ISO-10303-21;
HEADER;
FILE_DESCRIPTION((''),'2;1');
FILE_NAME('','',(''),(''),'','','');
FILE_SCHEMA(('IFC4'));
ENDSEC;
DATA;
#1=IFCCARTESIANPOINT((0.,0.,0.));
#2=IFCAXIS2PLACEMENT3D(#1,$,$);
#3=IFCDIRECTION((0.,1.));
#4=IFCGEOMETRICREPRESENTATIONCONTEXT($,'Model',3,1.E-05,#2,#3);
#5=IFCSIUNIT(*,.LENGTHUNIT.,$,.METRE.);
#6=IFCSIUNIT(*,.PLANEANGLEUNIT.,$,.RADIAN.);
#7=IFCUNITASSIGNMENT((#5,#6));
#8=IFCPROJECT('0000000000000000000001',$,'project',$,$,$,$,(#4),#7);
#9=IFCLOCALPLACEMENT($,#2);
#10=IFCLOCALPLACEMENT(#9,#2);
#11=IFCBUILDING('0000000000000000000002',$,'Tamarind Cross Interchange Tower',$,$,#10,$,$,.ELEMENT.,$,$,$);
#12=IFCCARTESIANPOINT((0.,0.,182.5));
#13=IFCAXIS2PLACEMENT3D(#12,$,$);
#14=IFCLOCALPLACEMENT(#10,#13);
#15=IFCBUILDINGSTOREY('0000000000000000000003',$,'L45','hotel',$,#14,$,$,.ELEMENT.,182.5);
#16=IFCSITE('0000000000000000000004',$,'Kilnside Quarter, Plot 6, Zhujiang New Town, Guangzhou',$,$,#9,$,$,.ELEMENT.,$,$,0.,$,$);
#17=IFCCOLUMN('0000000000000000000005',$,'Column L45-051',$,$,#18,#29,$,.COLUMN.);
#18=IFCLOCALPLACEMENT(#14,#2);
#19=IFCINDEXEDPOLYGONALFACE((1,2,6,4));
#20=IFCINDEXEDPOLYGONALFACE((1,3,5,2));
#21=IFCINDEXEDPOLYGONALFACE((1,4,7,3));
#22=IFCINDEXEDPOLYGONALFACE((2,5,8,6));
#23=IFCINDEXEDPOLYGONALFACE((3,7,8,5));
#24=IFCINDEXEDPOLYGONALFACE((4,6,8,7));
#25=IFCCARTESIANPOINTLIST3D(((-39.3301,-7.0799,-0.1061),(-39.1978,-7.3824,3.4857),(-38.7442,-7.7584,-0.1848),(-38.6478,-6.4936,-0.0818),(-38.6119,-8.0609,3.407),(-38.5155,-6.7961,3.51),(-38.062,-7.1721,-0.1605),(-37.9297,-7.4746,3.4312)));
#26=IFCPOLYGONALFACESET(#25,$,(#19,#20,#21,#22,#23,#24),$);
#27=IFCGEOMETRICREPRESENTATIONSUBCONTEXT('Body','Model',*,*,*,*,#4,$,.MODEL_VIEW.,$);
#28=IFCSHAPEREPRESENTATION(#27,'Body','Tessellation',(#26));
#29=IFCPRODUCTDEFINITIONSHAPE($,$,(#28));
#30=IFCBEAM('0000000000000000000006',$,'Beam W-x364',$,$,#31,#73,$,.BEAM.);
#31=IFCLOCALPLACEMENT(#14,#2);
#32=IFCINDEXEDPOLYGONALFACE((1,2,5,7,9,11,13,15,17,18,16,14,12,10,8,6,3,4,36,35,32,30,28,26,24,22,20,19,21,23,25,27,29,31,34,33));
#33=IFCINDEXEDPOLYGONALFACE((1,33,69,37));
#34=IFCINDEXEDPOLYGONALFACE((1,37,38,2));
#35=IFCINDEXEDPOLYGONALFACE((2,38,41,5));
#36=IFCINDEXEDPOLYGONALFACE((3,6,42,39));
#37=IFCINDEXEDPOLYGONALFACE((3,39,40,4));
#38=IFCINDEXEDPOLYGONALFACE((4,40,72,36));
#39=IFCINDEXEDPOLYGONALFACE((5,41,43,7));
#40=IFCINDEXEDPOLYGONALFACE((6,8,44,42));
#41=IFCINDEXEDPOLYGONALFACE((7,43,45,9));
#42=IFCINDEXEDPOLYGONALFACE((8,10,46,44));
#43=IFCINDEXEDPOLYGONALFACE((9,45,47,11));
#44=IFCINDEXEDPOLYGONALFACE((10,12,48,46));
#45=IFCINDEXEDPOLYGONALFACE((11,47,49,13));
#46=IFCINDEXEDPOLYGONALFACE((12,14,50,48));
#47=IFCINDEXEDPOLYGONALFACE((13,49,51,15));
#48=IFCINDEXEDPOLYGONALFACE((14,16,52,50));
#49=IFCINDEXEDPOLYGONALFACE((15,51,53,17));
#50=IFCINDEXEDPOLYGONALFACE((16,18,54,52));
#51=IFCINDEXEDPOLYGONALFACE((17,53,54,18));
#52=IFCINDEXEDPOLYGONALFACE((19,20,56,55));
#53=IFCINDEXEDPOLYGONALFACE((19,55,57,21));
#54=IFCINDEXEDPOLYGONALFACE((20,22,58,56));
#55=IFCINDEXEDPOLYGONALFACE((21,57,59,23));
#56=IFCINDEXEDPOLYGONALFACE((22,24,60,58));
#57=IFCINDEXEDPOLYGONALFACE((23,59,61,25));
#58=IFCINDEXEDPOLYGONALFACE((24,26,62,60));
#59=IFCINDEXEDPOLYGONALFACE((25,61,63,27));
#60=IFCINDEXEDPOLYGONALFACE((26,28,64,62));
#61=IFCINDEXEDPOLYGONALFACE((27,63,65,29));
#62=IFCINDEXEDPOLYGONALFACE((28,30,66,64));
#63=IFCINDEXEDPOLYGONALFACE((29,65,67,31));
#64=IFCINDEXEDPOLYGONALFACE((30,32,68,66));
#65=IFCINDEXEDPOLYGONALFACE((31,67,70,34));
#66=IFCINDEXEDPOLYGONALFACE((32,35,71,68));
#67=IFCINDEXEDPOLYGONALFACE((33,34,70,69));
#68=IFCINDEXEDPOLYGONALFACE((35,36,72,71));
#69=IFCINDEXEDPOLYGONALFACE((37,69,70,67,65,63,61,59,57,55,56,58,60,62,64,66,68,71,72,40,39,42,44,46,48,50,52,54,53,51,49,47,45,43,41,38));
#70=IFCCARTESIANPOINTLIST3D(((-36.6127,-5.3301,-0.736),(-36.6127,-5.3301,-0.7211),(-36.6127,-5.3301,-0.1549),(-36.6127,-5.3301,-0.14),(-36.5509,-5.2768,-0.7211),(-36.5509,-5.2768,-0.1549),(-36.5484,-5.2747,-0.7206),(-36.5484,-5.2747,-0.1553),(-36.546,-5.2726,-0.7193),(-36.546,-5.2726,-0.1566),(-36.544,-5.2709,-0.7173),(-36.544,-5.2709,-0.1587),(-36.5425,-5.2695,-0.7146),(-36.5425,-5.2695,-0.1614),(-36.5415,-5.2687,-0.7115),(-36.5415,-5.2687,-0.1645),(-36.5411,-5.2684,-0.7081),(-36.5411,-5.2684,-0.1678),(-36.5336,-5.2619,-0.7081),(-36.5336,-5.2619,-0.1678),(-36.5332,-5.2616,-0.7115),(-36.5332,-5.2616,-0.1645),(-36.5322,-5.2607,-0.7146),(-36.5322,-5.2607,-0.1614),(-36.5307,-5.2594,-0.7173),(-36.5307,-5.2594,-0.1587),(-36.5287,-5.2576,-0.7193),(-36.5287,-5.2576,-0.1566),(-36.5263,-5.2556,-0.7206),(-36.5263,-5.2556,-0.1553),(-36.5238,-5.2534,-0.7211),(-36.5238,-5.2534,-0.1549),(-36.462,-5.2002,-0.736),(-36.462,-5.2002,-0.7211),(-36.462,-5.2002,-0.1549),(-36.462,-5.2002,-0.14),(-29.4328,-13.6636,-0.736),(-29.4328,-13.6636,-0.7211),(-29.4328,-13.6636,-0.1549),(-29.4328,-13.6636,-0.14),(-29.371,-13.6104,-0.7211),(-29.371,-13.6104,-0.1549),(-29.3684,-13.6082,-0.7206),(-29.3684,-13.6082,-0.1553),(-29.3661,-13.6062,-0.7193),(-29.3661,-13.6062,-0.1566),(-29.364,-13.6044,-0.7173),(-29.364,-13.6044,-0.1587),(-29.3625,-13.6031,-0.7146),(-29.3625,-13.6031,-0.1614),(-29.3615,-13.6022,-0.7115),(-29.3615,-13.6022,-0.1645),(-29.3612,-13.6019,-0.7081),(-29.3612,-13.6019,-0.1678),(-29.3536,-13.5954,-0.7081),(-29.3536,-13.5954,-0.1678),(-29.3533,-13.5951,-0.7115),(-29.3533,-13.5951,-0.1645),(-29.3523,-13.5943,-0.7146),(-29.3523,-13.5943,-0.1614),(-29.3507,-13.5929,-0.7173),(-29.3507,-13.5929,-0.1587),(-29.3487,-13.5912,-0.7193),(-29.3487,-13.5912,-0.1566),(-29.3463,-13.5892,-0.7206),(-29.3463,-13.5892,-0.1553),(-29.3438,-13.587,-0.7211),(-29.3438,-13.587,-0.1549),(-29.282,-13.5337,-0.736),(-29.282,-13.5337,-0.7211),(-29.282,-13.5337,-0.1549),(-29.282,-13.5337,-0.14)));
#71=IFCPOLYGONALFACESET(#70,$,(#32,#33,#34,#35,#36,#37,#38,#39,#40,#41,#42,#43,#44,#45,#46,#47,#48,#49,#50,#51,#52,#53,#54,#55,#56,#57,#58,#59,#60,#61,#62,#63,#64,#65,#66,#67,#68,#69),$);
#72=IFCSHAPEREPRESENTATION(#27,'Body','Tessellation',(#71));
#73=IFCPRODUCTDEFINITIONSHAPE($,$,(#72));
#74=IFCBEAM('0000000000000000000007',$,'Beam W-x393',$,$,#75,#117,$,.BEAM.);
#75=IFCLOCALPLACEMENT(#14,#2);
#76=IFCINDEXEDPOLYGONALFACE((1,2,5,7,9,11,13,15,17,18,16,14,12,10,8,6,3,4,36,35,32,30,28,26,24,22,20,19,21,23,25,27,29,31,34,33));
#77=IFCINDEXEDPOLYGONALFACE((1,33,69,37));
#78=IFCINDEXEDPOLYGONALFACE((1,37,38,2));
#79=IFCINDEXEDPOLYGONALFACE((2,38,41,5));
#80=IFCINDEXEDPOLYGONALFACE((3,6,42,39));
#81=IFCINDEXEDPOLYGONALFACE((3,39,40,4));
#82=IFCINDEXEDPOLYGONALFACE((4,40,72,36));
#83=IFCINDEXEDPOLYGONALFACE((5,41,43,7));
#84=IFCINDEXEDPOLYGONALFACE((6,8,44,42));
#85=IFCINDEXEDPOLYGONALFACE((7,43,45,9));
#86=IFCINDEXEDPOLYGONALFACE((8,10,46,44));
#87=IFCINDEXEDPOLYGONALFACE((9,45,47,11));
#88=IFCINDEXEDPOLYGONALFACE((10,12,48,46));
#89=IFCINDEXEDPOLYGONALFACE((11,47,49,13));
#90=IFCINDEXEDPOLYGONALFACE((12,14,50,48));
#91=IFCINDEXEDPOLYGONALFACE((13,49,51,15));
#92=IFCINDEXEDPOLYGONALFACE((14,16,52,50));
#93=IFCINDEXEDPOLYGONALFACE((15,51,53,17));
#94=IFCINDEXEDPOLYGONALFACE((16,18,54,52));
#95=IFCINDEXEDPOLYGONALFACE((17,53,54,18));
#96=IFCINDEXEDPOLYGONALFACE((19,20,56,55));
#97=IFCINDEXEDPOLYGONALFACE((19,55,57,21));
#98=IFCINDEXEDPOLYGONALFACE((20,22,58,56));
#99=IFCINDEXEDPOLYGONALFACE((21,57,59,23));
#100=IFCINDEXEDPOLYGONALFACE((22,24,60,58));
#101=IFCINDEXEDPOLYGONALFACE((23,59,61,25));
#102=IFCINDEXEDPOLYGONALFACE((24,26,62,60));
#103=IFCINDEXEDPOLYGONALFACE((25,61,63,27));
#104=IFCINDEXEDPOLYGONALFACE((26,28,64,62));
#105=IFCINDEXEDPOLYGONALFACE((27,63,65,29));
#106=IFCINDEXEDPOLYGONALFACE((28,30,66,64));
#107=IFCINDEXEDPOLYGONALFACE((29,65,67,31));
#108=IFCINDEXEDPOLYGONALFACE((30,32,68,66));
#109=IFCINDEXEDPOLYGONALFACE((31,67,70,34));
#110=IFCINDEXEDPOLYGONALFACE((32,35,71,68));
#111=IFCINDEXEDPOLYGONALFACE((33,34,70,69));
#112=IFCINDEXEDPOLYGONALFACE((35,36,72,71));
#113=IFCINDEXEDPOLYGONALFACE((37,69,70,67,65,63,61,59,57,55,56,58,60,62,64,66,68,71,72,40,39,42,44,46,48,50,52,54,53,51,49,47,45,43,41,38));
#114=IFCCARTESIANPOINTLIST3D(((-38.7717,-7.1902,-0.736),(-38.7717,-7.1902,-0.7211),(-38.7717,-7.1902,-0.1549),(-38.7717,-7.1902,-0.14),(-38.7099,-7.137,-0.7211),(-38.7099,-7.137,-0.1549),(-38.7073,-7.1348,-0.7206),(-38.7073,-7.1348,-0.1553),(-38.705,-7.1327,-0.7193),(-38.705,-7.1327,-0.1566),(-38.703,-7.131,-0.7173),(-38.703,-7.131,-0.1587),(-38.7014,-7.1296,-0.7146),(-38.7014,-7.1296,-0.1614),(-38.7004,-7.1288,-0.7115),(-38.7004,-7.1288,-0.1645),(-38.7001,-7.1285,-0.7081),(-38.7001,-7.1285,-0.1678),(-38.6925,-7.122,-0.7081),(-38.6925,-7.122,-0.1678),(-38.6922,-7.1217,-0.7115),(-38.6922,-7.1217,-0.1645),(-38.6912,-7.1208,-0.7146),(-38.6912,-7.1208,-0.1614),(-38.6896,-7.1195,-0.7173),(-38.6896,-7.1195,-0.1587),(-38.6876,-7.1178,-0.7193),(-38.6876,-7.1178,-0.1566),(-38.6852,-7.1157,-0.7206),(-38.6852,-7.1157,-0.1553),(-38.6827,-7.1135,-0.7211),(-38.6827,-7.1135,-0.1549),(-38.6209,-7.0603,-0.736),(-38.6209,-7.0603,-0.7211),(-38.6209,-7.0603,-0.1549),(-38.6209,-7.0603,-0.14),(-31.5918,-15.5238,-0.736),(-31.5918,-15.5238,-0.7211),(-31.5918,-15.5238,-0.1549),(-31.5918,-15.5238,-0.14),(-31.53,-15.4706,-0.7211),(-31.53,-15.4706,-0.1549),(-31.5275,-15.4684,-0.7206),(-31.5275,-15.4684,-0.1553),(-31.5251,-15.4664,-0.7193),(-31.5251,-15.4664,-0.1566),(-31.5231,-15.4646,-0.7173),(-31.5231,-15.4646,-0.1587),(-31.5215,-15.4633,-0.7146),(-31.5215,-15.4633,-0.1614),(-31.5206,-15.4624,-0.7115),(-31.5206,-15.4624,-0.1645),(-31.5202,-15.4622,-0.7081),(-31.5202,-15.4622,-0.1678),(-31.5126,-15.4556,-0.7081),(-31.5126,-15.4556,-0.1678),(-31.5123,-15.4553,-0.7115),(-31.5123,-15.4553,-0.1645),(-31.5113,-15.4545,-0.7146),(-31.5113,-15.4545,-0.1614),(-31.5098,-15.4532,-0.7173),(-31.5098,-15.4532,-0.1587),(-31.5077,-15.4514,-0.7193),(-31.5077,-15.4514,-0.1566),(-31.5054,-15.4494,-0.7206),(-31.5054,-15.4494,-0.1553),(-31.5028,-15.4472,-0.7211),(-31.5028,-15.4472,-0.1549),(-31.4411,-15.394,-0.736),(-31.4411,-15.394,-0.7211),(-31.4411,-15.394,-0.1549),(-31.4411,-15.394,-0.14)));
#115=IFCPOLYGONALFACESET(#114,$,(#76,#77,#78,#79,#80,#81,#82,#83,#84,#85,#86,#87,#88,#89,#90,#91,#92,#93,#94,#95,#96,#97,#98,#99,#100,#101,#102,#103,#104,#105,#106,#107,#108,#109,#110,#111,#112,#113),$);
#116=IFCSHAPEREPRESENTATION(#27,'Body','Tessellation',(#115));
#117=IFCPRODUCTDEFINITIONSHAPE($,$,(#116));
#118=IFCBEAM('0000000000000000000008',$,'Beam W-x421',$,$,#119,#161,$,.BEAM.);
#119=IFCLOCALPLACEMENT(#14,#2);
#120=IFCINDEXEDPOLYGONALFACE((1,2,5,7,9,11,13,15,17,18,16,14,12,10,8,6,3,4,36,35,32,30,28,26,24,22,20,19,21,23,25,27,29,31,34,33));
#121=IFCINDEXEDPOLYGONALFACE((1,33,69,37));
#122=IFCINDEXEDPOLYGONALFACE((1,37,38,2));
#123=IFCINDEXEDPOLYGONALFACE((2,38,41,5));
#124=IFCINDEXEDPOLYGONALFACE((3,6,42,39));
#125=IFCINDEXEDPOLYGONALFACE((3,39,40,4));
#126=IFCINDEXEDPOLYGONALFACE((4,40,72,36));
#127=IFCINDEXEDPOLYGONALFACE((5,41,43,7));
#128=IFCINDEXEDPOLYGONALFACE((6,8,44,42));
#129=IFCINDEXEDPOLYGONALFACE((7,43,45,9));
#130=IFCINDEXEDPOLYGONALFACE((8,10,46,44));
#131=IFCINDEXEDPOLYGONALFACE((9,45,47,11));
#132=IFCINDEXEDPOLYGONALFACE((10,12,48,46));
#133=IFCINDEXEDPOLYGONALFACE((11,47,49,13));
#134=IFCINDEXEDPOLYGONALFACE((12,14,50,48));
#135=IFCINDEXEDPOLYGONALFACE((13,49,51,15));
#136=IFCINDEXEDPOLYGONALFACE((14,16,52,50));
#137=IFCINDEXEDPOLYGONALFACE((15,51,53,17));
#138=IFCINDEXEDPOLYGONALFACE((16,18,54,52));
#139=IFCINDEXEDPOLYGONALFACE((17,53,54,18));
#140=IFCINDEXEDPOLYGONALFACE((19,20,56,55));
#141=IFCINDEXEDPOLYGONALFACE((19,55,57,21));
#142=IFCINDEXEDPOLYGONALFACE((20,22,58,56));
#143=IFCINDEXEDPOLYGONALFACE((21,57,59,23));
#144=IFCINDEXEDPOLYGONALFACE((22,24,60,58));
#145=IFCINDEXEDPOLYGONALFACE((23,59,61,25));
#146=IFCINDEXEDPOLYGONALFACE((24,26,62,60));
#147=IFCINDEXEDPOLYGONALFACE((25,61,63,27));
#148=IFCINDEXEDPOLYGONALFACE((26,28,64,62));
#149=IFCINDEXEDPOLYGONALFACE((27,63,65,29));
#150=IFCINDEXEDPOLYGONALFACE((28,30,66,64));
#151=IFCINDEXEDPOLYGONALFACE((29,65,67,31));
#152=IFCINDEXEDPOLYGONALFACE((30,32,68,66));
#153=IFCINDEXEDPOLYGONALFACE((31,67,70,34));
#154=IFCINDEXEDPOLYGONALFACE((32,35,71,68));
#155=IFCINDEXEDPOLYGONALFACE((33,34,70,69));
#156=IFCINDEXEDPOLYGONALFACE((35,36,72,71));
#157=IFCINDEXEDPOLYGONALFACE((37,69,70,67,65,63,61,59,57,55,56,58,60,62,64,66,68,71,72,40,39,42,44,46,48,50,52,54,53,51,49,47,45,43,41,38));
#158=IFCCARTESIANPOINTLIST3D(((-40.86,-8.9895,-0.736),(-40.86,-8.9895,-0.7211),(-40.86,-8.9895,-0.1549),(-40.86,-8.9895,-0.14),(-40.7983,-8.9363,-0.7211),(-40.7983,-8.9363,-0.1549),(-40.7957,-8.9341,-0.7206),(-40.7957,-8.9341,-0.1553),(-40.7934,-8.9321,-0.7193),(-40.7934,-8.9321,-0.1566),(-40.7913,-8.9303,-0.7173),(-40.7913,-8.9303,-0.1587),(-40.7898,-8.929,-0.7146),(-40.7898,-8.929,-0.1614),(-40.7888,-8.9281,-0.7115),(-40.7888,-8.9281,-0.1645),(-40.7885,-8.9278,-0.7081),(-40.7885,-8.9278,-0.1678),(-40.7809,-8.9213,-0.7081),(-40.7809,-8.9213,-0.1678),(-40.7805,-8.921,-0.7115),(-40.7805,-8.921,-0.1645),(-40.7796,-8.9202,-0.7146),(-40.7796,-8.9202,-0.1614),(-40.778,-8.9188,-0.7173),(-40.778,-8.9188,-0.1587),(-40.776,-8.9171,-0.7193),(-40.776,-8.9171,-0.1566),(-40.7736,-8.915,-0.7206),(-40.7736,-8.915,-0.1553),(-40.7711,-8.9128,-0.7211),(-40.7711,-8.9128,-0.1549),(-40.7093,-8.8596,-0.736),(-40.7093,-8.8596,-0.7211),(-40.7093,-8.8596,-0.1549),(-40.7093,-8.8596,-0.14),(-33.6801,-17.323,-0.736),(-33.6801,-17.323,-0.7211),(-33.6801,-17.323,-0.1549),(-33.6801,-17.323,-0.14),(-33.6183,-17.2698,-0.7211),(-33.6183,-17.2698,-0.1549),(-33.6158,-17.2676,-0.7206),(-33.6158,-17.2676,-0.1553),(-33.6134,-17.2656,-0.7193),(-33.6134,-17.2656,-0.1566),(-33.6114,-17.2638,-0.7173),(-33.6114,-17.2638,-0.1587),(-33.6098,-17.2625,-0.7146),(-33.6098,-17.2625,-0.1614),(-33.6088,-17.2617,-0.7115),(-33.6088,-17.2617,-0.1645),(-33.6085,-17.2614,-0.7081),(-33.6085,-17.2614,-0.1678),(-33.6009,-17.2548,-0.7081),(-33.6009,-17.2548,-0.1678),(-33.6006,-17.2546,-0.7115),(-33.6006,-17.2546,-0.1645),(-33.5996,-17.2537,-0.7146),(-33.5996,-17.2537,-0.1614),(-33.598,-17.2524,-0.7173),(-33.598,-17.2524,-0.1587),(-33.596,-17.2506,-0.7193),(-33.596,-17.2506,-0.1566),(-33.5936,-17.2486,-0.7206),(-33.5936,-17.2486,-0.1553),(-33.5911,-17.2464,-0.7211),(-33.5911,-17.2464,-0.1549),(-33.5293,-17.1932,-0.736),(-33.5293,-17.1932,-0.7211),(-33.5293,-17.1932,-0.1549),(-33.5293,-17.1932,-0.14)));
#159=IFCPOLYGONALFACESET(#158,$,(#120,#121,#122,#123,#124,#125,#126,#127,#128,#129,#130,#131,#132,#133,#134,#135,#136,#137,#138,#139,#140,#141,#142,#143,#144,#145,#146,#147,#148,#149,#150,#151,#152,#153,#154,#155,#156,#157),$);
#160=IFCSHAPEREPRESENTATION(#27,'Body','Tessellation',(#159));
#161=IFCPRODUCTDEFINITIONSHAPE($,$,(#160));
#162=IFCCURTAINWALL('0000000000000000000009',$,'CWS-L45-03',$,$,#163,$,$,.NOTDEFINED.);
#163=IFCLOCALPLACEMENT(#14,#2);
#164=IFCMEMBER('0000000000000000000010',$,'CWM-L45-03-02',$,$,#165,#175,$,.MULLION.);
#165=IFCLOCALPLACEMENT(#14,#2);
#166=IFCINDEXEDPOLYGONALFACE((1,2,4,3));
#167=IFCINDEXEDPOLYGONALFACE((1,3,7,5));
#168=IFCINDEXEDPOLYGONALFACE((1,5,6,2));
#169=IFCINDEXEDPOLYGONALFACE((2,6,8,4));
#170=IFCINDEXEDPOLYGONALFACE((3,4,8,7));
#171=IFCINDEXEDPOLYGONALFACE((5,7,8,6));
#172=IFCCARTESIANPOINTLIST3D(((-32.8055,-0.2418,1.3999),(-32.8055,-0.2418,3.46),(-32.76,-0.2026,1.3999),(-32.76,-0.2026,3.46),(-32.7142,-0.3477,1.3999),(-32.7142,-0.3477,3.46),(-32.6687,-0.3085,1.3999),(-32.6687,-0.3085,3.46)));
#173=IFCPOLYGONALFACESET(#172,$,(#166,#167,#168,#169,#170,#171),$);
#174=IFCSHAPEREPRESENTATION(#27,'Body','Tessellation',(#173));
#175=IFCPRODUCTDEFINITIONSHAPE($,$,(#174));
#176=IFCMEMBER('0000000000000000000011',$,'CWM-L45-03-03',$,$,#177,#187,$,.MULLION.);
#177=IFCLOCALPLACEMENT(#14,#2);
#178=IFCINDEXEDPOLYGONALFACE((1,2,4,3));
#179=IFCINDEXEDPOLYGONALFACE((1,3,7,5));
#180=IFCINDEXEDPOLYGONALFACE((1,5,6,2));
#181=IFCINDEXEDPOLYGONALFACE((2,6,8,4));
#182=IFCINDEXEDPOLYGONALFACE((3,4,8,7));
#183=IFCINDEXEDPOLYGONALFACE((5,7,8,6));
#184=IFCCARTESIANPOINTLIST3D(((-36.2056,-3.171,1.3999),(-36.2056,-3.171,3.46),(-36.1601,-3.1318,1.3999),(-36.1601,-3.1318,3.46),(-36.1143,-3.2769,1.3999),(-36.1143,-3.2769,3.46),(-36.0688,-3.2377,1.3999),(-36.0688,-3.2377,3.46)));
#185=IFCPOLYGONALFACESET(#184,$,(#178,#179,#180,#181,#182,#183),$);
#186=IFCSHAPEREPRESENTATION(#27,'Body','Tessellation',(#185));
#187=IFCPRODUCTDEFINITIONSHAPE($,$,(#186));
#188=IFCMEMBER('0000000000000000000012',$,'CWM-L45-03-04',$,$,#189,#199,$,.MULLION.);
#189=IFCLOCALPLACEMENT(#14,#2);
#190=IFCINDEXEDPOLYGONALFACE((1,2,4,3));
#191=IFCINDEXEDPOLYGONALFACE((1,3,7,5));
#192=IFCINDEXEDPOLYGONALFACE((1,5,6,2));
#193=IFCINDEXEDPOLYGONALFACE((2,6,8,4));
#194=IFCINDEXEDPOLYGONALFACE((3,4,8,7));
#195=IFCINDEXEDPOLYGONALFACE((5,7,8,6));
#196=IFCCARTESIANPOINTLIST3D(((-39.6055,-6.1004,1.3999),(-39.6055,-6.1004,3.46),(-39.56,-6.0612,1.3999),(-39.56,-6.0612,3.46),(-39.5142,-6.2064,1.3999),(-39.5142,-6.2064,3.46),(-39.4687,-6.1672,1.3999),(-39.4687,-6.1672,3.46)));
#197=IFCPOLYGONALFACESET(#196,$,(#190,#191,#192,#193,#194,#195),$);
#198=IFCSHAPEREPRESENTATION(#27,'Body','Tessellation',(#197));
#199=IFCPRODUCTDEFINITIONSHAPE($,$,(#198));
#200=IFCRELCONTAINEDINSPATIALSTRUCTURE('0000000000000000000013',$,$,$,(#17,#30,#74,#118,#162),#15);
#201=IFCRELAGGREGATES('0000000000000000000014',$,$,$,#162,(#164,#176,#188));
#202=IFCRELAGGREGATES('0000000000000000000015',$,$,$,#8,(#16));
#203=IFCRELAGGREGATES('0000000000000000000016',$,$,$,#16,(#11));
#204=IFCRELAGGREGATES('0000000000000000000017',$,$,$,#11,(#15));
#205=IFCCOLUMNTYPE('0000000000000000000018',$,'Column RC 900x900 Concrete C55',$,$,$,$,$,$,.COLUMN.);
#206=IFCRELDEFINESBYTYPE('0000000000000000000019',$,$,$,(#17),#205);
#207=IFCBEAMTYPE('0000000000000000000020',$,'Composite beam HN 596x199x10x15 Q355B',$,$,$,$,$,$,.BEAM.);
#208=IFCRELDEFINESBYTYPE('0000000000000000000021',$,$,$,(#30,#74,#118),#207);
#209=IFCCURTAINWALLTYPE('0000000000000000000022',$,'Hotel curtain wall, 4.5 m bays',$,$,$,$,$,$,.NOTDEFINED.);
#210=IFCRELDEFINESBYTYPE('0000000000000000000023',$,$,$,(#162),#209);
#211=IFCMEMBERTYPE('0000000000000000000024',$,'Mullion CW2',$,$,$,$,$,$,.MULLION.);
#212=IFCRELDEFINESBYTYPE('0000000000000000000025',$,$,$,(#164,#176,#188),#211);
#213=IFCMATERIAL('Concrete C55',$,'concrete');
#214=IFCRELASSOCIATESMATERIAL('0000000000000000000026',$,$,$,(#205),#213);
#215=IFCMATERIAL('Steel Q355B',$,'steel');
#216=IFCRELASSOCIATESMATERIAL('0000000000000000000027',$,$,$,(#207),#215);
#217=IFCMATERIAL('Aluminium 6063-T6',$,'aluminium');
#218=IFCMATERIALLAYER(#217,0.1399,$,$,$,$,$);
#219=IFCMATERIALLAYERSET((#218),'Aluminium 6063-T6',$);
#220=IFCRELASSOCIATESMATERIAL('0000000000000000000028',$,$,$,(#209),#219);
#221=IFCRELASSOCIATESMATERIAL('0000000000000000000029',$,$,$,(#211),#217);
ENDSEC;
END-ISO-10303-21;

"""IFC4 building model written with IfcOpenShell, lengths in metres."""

from ifc_helpers import new_model, si_unit, direction, frame, origin, origin_2d, place, context, subcontext, project, spatial, rectangle, i_section, extrude, material, layer, layer_set, material_profile, profile_set, type_object, element, aggregate, save


model = new_model("IFC4")

# Units and contexts
model_context = context("Model", 3, precision=1e-05, world=origin(), true_north=direction((0.0, 1.0)))
body_context = subcontext(model_context, "Body", "Model", "MODEL_VIEW")
ifc_project = project(units=[si_unit("LENGTHUNIT", "METRE"), si_unit("PLANEANGLEUNIT", "RADIAN")], contexts=[model_context])

# Site, building, storey
site_placement = place(None, origin())
site = spatial("IfcSite", under=ifc_project, at=site_placement, Name="Kilnside Quarter, Plot 6, Zhujiang New Town, Guangzhou", CompositionType="ELEMENT", RefElevation=0.0)
building_placement = place(site_placement, origin())
building = spatial("IfcBuilding", under=site, at=building_placement, Name="Tamarind Cross Interchange Tower", CompositionType="ELEMENT")
storey_placement = place(building_placement, frame((0.0, 0.0, 182.5)))
storey = spatial("IfcBuildingStorey", under=building, at=storey_placement, Name="L45", Description="hotel", CompositionType="ELEMENT", Elevation=182.5)

# Column
ifc_material_1 = material(Name="Concrete C55", Category="concrete")
ifc_material_profile_1 = material_profile(ifc_material_1, rectangle(XDim=0.8999, YDim=0.8999, at=origin_2d()), Name="RC 900x900")
ifc_profile_set_1 = profile_set([ifc_material_profile_1], Name="Concrete C55")
column_type = type_object("IfcColumnType", Name="Column RC 900x900 Concrete C55", PredefinedType="COLUMN", material=ifc_profile_set_1)
column_placement = place(storey_placement, frame((-38.696, -7.126, -0.1333), z_axis=(0.036686, -0.083863, 0.995802), x_axis=(0.758163, 0.651509, 0.026937)))
element("IfcColumn", 1, at=column_placement, inside=storey, type_object=column_type, Name="Column L45-051", PredefinedType="COLUMN", context=body_context, shape_type="SweptSolid", body=[
    extrude(rectangle(XDim=0.8999, YDim=0.8999, at=origin_2d()), origin(), (0.0, 0.0, 1.0), 3.6069),
])

# Beams
ifc_material_2 = material(Name="Steel Q355B", Category="steel")
ifc_material_profile_2 = material_profile(ifc_material_2, i_section(OverallWidth=0.199, OverallDepth=0.5959, WebThickness=0.01, FlangeThickness=0.0149, FilletRadius=0.0129, at=origin_2d()), Name="HN 596x199x10x15")
ifc_profile_set_2 = profile_set([ifc_material_profile_2], Name="Steel Q355B")
beam_type = type_object("IfcBeamType", Name="Composite beam HN 596x199x10x15 Q355B", PredefinedType="BEAM", material=ifc_profile_set_2)
for number, where, z_axis, x_axis, name in (
    (2, (-36.5374, -5.2651, -0.438), (0.652725, -0.757595, 0.0), (0.757595, 0.652725, 0.0), "Beam W-x364"),
    (3, (-38.6963, -7.1252, -0.438), (0.652714, -0.757604, 0.0), (0.757604, 0.652714, 0.0), "Beam W-x393"),
    (4, (-40.7847, -8.9246, -0.438), (0.652725, -0.757595, 0.0), (0.757595, 0.652725, 0.0), "Beam W-x421"),
):
    element("IfcBeam", number, at=place(storey_placement, frame(where, z_axis=z_axis, x_axis=x_axis)), inside=storey, type_object=beam_type, Name=name, PredefinedType="BEAM", context=body_context, shape_type="SweptSolid", body=[
        extrude(i_section(OverallWidth=0.199, OverallDepth=0.5959, WebThickness=0.01, FlangeThickness=0.0149, FilletRadius=0.0129, at=origin_2d()), origin(), (0.0, 0.0, 1.0), 11.0),
    ])

# Curtain wall, members
ifc_material_3 = material(Name="Aluminium 6063-T6", Category="aluminium")
ifc_layer_1 = layer(ifc_material_3, 0.1399)
ifc_layer_set_1 = layer_set([ifc_layer_1], Name="Aluminium 6063-T6")
curtain_wall_type = type_object("IfcCurtainWallType", Name="Hotel curtain wall, 4.5 m bays", PredefinedType="NOTDEFINED", material=ifc_layer_set_1)
curtain_wall_placement = place(storey_placement, origin())
curtain_wall = element("IfcCurtainWall", 5, at=curtain_wall_placement, inside=storey, type_object=curtain_wall_type, Name="CWS-L45-03", PredefinedType="NOTDEFINED")
ifc_material_profile_3 = material_profile(ifc_material_3, rectangle(XDim=0.0601, YDim=0.1399, at=origin_2d()), Name="Mullion CW2")
ifc_profile_set_3 = profile_set([ifc_material_profile_3], Name="Aluminium 6063-T6")
member_type = type_object("IfcMemberType", Name="Mullion CW2", PredefinedType="MULLION", material=ifc_profile_set_3)
member_1_placement = place(storey_placement, frame((-32.7371, -0.2751, 1.3999), z_axis=(0.0, 0.0, 1.0), x_axis=(-0.757597, -0.652723, 0.0)))
member_1 = element("IfcMember", 6, at=member_1_placement, type_object=member_type, Name="CWM-L45-03-02", PredefinedType="MULLION", context=body_context, shape_type="SweptSolid", body=[
    extrude(rectangle(XDim=0.0601, YDim=0.1399, at=origin_2d()), origin(), (0.0, 0.0, 1.0), 2.0601),
])
member_2_placement = place(storey_placement, frame((-36.1372, -3.2043, 1.3999), z_axis=(0.0, 0.0, 1.0), x_axis=(-0.757597, -0.652723, 0.0)))
member_2 = element("IfcMember", 7, at=member_2_placement, type_object=member_type, Name="CWM-L45-03-03", PredefinedType="MULLION", context=body_context, shape_type="SweptSolid", body=[
    extrude(rectangle(XDim=0.0601, YDim=0.1399, at=origin_2d()), origin(), (0.0, 0.0, 1.0), 2.0601),
])
member_3_placement = place(storey_placement, frame((-39.5371, -6.1338, 1.3999), z_axis=(0.0, 0.0, 1.0), x_axis=(-0.757597, -0.652723, 0.0)))
member_3 = element("IfcMember", 8, at=member_3_placement, type_object=member_type, Name="CWM-L45-03-04", PredefinedType="MULLION", context=body_context, shape_type="SweptSolid", body=[
    extrude(rectangle(XDim=0.0601, YDim=0.1399, at=origin_2d()), origin(), (0.0, 0.0, 1.0), 2.0601),
])
aggregate(curtain_wall, [member_1, member_2, member_3])

save(model, "model.ifc")
